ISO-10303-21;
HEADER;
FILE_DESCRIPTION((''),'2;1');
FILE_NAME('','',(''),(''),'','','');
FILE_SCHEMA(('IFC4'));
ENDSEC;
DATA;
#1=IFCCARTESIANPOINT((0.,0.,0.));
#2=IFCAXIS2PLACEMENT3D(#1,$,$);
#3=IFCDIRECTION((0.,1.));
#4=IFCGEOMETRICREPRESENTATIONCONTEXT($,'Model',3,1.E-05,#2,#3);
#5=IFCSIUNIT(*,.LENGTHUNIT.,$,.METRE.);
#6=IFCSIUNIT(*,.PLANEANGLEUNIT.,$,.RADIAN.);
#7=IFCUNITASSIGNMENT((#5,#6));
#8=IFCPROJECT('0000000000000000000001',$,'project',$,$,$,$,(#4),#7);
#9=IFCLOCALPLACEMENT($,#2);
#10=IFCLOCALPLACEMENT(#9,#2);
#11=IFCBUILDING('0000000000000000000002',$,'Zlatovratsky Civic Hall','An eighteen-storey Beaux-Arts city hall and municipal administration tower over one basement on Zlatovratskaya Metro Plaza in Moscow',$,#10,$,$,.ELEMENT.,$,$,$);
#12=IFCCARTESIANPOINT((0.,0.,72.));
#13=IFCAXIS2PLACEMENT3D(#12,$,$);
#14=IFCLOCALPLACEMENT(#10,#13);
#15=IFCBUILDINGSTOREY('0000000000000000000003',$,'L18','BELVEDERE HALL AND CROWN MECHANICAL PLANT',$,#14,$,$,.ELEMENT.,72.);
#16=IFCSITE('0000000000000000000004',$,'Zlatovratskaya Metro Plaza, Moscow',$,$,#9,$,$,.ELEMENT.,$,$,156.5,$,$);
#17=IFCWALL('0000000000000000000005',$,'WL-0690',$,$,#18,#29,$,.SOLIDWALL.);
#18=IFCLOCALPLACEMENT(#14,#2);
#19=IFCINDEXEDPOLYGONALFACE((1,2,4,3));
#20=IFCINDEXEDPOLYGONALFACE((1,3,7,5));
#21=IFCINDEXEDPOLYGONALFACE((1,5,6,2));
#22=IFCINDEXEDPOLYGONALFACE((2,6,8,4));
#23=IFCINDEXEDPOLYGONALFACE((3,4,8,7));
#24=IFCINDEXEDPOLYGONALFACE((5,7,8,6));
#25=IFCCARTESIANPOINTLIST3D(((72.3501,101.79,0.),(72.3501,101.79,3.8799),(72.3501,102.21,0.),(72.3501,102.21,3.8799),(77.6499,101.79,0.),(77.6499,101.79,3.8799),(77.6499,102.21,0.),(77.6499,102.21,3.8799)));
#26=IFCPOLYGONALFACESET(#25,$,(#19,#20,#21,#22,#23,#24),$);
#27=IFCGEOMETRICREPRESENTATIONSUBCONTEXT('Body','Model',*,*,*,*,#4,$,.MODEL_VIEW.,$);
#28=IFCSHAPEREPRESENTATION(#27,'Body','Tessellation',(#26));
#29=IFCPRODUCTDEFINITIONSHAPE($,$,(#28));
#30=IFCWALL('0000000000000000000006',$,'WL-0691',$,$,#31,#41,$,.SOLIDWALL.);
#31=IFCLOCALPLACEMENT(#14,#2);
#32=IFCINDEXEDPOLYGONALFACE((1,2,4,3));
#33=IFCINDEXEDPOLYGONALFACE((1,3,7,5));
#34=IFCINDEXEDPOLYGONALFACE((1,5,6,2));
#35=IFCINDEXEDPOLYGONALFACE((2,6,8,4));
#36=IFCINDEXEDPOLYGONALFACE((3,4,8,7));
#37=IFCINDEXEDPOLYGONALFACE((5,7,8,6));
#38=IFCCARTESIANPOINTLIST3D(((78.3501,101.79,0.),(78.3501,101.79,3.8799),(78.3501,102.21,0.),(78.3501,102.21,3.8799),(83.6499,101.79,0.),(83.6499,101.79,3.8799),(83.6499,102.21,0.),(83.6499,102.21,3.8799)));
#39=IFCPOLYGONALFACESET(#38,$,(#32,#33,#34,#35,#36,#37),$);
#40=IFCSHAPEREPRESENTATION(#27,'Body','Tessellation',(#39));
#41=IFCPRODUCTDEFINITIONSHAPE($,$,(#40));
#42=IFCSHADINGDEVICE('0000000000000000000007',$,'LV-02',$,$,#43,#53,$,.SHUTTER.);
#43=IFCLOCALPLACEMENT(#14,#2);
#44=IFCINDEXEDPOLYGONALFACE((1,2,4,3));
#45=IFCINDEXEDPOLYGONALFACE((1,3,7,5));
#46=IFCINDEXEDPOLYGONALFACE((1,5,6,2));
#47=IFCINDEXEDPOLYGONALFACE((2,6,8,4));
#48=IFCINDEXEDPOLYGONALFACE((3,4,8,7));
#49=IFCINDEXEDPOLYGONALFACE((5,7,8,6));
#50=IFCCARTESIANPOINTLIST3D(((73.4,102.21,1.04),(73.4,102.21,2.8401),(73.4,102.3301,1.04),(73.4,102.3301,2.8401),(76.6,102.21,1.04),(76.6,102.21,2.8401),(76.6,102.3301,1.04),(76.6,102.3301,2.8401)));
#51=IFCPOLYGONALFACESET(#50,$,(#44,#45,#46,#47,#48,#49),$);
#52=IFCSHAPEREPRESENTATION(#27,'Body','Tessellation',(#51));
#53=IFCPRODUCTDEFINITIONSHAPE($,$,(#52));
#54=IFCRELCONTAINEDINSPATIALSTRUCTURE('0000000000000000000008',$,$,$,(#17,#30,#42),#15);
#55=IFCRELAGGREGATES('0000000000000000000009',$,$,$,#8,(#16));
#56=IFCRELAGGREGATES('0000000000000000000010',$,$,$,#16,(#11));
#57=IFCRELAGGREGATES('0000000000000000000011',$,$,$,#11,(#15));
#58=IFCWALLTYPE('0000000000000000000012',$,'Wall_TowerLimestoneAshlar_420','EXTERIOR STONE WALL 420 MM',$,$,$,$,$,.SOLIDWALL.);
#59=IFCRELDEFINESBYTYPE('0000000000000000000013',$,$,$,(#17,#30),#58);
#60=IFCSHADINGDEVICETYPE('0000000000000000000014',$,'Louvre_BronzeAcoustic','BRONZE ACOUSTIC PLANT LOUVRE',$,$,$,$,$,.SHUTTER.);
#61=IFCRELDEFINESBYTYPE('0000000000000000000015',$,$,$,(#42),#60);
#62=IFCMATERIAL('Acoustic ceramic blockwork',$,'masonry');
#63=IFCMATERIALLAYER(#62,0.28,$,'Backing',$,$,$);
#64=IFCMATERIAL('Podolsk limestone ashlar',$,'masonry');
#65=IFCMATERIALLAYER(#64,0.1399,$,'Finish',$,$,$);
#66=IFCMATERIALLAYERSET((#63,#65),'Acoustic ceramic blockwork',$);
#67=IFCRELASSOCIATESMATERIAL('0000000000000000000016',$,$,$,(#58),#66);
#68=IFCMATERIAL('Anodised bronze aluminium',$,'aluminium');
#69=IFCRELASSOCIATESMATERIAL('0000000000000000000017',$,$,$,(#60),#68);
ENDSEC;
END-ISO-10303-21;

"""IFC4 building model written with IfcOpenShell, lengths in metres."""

from ifc_helpers import new_model, si_unit, direction, frame, frame_2d, origin, origin_2d, place, context, subcontext, project, spatial, rectangle, extrude, material, layer, layer_set, type_object, element, save


model = new_model("IFC4")

# Units and contexts
model_context = context("Model", 3, precision=1e-05, world=origin(), true_north=direction((0.0, 1.0)))
body_context = subcontext(model_context, "Body", "Model", "MODEL_VIEW")
ifc_project = project(units=[si_unit("LENGTHUNIT", "METRE"), si_unit("PLANEANGLEUNIT", "RADIAN")], contexts=[model_context])

# Site, building, storey
site_placement = place(None, origin())
site = spatial("IfcSite", under=ifc_project, at=site_placement, Name="Zlatovratskaya Metro Plaza, Moscow", CompositionType="ELEMENT", RefElevation=156.5)
building_placement = place(site_placement, origin())
building = spatial("IfcBuilding", under=site, at=building_placement, Name="Zlatovratsky Civic Hall", Description="An eighteen-storey Beaux-Arts city hall and municipal administration tower over one basement on Zlatovratskaya Metro Plaza in Moscow", CompositionType="ELEMENT")
storey_placement = place(building_placement, frame((0.0, 0.0, 72.0)))
storey = spatial("IfcBuildingStorey", under=building, at=storey_placement, Name="L18", Description="BELVEDERE HALL AND CROWN MECHANICAL PLANT", CompositionType="ELEMENT", Elevation=72.0)

# Walls
ifc_material_1 = material(Name="Acoustic ceramic blockwork", Category="masonry")
ifc_layer_1 = layer(ifc_material_1, 0.28, Name="Backing")
ifc_material_2 = material(Name="Podolsk limestone ashlar", Category="masonry")
ifc_layer_2 = layer(ifc_material_2, 0.1399, Name="Finish")
ifc_layer_set_1 = layer_set([ifc_layer_1, ifc_layer_2], Name="Acoustic ceramic blockwork")
wall_type_1 = type_object("IfcWallType", Name="Wall_TowerLimestoneAshlar_420", Description="EXTERIOR STONE WALL 420 MM", PredefinedType="SOLIDWALL", material=ifc_layer_set_1)
for number, where, z_axis, x_axis, name in (
    (1, (72.3501, 102.0, 0.0), (0.0, 0.0, 1.0), (1.0, 0.0, 0.0), "WL-0690"),
    (2, (78.3501, 102.0, 0.0), (0.0, 0.0, 1.0), (1.0, 0.0, 0.0), "WL-0691"),
):
    element("IfcWall", number, at=place(storey_placement, frame(where, z_axis=z_axis, x_axis=x_axis)), inside=storey, type_object=wall_type_1, Name=name, PredefinedType="SOLIDWALL", context=body_context, shape_type="SweptSolid", body=[
        extrude(rectangle(XDim=5.2998, YDim=0.4199, at=frame_2d((2.6499, 0.0))), origin(), (0.0, 0.0, 1.0), 3.8799),
    ])

# Shading device
ifc_material_3 = material(Name="Anodised bronze aluminium", Category="aluminium")
shading_device_type = type_object("IfcShadingDeviceType", Name="Louvre_BronzeAcoustic", Description="BRONZE ACOUSTIC PLANT LOUVRE", PredefinedType="SHUTTER", material=ifc_material_3)
shading_device_placement = place(storey_placement, frame((75.0, 102.27, 1.04), z_axis=(0.0, 0.0, 1.0), x_axis=(1.0, 0.0, 0.0)))
element("IfcShadingDevice", 3, at=shading_device_placement, inside=storey, type_object=shading_device_type, Name="LV-02", PredefinedType="SHUTTER", context=body_context, shape_type="SweptSolid", body=[
    extrude(rectangle(XDim=3.2, YDim=0.1201, at=origin_2d()), origin(), (0.0, 0.0, 1.0), 1.8),
])

save(model, "model.ifc")
